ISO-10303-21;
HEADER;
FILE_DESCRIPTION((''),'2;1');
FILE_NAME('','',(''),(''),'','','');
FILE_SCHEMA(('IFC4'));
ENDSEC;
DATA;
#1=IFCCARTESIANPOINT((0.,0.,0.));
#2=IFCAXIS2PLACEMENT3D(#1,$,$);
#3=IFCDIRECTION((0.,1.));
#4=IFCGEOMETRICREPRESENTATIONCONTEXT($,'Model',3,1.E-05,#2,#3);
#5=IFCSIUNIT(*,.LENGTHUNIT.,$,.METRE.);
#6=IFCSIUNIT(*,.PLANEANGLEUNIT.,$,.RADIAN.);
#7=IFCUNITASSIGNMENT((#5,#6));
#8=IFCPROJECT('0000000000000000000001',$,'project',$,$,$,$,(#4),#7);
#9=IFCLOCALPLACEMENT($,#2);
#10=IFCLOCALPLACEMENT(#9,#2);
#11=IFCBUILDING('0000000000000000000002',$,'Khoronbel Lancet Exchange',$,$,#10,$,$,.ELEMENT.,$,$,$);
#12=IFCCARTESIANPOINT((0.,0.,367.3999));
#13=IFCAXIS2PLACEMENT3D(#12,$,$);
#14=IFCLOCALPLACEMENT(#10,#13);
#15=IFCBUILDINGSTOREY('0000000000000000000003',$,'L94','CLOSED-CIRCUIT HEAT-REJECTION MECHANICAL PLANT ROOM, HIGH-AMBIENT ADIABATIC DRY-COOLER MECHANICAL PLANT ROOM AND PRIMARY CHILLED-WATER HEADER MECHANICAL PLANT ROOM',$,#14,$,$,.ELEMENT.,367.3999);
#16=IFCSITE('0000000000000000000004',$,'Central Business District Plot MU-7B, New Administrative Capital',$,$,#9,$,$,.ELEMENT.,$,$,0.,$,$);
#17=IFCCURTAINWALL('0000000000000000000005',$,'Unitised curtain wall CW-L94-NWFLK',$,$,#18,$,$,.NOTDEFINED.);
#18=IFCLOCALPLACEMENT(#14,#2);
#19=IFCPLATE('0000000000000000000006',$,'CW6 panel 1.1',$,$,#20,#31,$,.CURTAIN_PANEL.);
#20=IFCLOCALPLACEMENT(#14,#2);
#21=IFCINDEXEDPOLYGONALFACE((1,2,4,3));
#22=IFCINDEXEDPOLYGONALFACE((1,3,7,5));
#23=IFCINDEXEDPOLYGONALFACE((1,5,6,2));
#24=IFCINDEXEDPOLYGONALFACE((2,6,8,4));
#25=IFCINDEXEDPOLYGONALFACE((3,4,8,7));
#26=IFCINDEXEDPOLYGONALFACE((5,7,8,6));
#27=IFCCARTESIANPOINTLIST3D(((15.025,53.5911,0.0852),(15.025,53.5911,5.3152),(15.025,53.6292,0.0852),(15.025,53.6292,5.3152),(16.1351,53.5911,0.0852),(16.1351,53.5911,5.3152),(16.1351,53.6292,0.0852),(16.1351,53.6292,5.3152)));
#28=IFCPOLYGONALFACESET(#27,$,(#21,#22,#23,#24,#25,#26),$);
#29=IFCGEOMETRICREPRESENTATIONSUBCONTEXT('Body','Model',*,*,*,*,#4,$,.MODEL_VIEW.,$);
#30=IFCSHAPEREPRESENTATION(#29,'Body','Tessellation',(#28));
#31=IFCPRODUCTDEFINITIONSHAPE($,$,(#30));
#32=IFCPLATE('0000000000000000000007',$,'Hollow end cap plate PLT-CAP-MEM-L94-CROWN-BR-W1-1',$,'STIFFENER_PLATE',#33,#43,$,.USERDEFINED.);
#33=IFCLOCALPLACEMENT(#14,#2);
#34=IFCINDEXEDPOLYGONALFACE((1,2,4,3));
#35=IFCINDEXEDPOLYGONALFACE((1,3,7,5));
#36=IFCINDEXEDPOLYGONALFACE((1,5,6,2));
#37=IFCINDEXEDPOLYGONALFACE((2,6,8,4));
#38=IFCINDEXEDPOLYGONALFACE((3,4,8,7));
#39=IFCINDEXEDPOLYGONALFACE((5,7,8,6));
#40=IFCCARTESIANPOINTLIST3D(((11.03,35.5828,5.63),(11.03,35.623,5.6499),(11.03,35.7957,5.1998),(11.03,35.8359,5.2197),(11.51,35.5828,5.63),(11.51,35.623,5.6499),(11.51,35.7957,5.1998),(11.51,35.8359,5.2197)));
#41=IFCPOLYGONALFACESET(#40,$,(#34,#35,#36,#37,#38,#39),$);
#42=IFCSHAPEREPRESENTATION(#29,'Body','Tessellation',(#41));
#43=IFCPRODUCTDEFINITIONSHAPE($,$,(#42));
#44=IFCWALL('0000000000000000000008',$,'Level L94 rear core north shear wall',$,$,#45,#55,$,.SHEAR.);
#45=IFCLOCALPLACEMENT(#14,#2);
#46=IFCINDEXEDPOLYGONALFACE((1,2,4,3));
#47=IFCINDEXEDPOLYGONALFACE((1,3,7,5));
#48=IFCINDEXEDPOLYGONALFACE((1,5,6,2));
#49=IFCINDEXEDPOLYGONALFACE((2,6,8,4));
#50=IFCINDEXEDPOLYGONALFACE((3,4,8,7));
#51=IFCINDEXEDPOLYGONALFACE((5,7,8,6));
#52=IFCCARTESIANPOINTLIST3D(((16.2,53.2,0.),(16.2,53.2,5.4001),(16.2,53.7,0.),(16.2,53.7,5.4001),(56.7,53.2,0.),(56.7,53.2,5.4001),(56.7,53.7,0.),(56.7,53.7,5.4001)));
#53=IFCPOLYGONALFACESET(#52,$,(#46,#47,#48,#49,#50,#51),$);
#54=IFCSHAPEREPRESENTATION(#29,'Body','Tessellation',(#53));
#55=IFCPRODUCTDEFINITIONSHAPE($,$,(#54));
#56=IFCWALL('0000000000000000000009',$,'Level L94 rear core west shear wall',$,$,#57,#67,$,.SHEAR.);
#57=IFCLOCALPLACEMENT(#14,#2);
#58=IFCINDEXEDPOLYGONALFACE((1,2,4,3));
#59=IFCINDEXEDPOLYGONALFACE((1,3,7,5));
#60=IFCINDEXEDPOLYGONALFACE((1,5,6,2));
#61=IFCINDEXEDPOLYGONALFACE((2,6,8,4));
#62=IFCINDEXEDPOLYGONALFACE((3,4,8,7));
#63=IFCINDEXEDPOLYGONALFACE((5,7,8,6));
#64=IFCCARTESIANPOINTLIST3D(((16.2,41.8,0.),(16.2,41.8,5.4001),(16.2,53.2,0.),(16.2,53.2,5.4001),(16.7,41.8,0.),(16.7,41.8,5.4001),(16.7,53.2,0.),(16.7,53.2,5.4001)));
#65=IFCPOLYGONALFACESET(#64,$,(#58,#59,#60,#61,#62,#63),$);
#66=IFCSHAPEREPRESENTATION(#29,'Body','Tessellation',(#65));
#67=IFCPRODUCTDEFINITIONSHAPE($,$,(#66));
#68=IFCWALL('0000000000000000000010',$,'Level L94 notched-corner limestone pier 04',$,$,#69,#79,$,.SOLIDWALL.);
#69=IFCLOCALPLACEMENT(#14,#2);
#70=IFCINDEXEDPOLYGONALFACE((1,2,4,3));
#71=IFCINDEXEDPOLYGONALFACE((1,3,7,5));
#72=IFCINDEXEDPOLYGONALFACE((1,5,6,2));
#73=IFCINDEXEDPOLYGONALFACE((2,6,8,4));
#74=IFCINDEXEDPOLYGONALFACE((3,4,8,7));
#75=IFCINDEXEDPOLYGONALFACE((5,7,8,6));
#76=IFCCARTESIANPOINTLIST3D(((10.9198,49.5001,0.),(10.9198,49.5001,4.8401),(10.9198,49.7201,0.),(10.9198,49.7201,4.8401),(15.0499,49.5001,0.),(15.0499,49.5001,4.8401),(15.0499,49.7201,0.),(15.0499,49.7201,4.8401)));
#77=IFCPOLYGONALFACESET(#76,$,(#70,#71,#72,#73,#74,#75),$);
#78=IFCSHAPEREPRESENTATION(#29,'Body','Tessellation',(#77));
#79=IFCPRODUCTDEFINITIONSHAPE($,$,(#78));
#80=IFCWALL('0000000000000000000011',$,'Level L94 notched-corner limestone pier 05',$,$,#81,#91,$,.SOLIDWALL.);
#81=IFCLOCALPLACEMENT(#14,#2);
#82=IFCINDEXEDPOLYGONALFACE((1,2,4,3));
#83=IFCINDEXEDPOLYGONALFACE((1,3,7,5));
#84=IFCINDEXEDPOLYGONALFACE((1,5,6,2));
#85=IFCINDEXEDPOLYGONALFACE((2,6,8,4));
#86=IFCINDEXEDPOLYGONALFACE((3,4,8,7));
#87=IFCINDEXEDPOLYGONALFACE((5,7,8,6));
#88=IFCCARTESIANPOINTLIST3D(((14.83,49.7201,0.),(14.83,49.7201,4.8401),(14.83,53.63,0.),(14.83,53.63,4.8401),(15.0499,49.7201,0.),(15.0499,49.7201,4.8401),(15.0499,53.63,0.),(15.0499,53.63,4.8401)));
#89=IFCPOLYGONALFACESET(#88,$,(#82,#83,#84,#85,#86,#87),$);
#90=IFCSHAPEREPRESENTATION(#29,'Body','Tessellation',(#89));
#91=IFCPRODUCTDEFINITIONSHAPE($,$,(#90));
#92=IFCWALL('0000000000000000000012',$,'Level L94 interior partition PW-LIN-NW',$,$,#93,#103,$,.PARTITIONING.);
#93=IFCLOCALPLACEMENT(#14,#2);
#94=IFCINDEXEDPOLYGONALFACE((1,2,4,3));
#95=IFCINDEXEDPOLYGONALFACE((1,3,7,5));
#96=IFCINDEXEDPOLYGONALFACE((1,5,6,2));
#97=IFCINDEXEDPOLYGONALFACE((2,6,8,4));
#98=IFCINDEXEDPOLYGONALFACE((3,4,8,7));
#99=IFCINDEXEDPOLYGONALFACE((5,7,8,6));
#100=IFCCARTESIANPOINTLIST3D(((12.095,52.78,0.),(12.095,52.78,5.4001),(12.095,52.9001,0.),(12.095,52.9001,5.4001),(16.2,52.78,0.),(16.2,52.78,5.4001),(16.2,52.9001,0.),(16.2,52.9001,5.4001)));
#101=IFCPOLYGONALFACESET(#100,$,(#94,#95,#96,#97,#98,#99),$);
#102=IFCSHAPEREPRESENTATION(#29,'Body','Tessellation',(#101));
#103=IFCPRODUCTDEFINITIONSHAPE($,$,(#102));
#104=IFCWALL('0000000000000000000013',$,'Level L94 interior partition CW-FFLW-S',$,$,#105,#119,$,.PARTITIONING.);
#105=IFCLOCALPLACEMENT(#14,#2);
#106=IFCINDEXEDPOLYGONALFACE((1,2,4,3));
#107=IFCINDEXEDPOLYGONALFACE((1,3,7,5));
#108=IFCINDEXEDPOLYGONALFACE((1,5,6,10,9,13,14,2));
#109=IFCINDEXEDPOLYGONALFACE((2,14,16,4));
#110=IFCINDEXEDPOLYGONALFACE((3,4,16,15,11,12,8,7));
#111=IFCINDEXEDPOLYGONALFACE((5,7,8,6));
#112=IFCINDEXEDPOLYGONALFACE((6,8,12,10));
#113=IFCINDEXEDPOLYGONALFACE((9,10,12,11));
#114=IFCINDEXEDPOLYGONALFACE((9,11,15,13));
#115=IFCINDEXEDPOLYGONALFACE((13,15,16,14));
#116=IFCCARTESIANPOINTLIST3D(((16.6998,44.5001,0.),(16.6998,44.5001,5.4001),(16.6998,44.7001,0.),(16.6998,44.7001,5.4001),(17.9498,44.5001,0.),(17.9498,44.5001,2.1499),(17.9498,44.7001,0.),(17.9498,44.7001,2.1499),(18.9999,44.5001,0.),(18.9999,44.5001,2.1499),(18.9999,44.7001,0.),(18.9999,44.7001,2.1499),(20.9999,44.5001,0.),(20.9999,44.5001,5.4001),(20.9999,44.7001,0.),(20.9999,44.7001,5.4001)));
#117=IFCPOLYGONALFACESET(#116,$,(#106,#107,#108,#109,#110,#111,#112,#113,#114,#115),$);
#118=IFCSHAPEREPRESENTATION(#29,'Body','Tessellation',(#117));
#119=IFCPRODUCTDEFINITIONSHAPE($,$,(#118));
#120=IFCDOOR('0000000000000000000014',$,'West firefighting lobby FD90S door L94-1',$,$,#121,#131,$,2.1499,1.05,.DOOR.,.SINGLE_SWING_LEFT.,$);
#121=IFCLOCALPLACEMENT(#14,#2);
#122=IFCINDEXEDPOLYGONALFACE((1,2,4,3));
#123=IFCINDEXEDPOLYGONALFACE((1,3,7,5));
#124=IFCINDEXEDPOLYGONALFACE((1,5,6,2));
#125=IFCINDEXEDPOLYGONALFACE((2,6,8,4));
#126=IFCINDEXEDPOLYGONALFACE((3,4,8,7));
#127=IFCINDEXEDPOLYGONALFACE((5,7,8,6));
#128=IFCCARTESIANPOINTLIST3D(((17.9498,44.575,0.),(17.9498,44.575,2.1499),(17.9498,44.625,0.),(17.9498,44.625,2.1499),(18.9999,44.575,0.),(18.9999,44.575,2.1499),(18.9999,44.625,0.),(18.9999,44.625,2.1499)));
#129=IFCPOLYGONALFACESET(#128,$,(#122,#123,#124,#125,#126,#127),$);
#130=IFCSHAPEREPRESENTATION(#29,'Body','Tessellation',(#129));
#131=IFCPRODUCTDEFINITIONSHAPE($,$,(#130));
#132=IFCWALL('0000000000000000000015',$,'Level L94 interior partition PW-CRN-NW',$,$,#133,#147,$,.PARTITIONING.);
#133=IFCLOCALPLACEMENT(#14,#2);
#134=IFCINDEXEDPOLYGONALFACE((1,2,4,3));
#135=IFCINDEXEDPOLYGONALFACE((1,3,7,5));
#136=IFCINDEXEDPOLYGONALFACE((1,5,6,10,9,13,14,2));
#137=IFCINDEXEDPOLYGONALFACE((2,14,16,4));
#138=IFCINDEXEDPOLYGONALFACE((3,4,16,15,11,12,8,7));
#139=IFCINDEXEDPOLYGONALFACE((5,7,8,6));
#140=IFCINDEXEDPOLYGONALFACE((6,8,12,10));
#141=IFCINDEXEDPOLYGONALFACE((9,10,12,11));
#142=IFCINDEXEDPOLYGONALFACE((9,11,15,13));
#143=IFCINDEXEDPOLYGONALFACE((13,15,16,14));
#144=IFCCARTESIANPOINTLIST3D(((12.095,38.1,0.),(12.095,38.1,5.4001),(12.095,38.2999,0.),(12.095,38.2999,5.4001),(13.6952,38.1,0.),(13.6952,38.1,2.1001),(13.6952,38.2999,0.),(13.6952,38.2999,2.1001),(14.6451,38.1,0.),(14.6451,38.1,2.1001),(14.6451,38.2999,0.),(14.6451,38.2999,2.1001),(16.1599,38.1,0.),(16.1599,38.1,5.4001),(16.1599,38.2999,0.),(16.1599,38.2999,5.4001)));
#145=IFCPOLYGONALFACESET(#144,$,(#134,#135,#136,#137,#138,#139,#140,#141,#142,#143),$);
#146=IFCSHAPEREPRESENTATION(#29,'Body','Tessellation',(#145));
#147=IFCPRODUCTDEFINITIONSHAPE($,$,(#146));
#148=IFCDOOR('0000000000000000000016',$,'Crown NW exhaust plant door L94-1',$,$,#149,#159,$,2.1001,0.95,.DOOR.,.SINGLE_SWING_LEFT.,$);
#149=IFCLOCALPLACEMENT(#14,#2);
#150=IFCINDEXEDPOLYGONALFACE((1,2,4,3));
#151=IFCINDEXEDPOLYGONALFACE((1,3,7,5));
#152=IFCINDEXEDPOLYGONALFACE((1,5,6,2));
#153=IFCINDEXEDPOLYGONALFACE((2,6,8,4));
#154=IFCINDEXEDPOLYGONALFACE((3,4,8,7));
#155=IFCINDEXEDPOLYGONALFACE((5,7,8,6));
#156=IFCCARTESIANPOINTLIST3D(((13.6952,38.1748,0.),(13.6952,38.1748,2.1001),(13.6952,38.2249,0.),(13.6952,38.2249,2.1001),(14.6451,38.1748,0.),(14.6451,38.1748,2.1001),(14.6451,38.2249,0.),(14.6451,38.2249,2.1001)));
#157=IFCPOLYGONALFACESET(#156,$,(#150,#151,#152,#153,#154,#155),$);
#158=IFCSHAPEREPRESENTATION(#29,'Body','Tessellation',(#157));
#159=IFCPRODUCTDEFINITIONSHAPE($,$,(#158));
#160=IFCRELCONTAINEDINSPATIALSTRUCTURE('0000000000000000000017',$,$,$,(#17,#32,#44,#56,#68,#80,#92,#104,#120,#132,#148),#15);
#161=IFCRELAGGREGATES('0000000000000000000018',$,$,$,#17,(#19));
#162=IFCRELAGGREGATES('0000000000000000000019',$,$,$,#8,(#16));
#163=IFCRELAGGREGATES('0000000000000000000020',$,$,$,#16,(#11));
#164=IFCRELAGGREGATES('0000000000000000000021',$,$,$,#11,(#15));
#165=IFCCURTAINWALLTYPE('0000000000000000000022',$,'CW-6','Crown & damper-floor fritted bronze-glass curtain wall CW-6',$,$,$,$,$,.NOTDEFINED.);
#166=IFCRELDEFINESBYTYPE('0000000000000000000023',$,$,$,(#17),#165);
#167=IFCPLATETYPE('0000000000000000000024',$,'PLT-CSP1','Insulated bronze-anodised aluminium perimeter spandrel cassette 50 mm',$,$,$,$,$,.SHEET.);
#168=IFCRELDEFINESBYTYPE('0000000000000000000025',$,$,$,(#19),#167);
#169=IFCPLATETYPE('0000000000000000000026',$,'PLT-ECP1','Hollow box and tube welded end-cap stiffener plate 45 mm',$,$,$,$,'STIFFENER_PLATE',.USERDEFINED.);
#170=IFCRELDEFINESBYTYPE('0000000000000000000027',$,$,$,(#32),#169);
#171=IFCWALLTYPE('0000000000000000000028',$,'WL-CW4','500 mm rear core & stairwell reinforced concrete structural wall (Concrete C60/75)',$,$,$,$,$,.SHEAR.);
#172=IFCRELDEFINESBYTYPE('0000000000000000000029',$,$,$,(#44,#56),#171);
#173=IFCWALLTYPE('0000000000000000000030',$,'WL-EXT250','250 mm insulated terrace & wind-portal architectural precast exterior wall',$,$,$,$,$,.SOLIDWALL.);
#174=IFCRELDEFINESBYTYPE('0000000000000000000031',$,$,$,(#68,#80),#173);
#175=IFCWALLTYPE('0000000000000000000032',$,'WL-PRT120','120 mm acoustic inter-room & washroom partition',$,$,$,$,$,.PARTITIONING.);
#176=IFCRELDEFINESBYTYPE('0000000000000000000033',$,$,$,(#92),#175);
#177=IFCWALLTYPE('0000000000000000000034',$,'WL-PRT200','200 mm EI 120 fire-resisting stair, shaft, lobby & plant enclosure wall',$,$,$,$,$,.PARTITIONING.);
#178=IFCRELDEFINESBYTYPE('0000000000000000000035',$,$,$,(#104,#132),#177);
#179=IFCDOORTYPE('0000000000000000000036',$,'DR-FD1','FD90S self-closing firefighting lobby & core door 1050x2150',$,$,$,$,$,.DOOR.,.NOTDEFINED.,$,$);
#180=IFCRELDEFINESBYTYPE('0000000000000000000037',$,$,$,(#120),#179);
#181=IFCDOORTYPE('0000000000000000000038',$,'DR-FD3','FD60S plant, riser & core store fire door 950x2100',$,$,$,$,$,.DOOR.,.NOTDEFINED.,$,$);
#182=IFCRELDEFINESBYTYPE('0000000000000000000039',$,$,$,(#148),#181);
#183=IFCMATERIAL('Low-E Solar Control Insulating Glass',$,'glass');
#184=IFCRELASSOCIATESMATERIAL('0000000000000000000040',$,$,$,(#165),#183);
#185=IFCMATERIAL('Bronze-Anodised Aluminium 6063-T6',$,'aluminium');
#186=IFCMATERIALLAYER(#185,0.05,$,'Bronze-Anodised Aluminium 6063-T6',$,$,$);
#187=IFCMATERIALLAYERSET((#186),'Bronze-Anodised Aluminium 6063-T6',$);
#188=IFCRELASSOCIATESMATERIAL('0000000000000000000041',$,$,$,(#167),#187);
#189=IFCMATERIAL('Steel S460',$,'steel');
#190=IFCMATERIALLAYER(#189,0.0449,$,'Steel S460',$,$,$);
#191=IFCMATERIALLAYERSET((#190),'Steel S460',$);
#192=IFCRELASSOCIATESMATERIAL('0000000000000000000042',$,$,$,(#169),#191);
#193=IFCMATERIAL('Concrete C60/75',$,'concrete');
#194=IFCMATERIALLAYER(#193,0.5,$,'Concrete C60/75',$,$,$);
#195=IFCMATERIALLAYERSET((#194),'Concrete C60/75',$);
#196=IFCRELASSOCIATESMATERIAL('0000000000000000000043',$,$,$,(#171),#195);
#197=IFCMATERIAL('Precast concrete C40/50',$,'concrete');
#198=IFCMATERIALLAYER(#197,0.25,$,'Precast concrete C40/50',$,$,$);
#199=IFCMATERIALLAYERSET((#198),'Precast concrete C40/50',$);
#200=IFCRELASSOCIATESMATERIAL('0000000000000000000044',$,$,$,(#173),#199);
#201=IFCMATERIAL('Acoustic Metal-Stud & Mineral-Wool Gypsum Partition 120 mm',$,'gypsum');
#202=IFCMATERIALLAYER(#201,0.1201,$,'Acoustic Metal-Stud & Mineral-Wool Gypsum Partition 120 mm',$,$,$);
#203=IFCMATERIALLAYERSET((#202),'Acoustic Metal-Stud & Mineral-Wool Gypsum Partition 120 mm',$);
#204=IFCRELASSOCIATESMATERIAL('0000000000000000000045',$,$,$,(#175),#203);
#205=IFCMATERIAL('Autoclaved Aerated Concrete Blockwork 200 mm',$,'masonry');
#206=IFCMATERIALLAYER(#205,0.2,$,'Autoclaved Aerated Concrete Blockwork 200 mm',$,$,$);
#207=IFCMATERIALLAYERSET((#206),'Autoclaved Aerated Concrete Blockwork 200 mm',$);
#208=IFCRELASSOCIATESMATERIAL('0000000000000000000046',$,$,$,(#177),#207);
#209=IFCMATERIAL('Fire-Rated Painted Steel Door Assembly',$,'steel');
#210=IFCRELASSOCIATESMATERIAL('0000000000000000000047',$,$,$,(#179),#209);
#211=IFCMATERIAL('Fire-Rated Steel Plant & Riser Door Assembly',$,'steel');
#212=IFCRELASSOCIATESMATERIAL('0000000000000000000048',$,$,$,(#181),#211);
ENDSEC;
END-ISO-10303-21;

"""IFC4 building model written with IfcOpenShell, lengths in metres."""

from ifc_helpers import new_model, si_unit, direction, frame, frame_2d, origin, origin_2d, place, context, subcontext, project, spatial, polyline, rectangle, outline, extrude, material, layer, layer_set, type_object, element, fill, aggregate, save


model = new_model("IFC4")

# Units and contexts
model_context = context("Model", 3, precision=1e-05, world=origin(), true_north=direction((0.0, 1.0)))
body_context = subcontext(model_context, "Body", "Model", "MODEL_VIEW")
ifc_project = project(units=[si_unit("LENGTHUNIT", "METRE"), si_unit("PLANEANGLEUNIT", "RADIAN")], contexts=[model_context])

# Site, building, storey
site_placement = place(None, origin())
site = spatial("IfcSite", under=ifc_project, at=site_placement, Name="Central Business District Plot MU-7B, New Administrative Capital", CompositionType="ELEMENT", RefElevation=0.0)
building_placement = place(site_placement, origin())
building = spatial("IfcBuilding", under=site, at=building_placement, Name="Khoronbel Lancet Exchange", CompositionType="ELEMENT")
storey_placement = place(building_placement, frame((0.0, 0.0, 367.3999)))
storey = spatial("IfcBuildingStorey", under=building, at=storey_placement, Name="L94", Description="CLOSED-CIRCUIT HEAT-REJECTION MECHANICAL PLANT ROOM, HIGH-AMBIENT ADIABATIC DRY-COOLER MECHANICAL PLANT ROOM AND PRIMARY CHILLED-WATER HEADER MECHANICAL PLANT ROOM", CompositionType="ELEMENT", Elevation=367.3999)

# Shared definitions
ifc_material_1 = material(Name="Steel S460", Category="steel")

# Curtain wall
ifc_material_2 = material(Name="Low-E Solar Control Insulating Glass", Category="glass")
curtain_wall_type = type_object("IfcCurtainWallType", Name="CW-6", Description="Crown & damper-floor fritted bronze-glass curtain wall CW-6", PredefinedType="NOTDEFINED", material=ifc_material_2)
curtain_wall_1_placement = place(storey_placement, origin())
curtain_wall_1 = element("IfcCurtainWall", 1, at=curtain_wall_1_placement, inside=storey, type_object=curtain_wall_type, Name="Unitised curtain wall CW-L94-NWFLK", PredefinedType="NOTDEFINED")
ifc_material_3 = material(Name="Bronze-Anodised Aluminium 6063-T6", Category="aluminium")

# Plates
ifc_layer_1 = layer(ifc_material_3, 0.05, Name="Bronze-Anodised Aluminium 6063-T6")
ifc_layer_set_1 = layer_set([ifc_layer_1], Name="Bronze-Anodised Aluminium 6063-T6")
plate_type_1 = type_object("IfcPlateType", Name="PLT-CSP1", Description="Insulated bronze-anodised aluminium perimeter spandrel cassette 50 mm", PredefinedType="SHEET", material=ifc_layer_set_1)
plate_1_placement = place(storey_placement, frame((15.5801, 53.6101, 0.0852), z_axis=(0.0, 0.0, 1.0), x_axis=(-1.0, 0.0, 0.0)))
plate_1 = element("IfcPlate", 2, at=plate_1_placement, type_object=plate_type_1, Name="CW6 panel 1.1", PredefinedType="CURTAIN_PANEL", context=body_context, shape_type="SweptSolid", body=[
    extrude(rectangle(XDim=1.1101, YDim=0.0381, at=origin_2d()), origin(), (0.0, 0.0, 1.0), 5.23),
])
aggregate(curtain_wall_1, [plate_1])
ifc_layer_2 = layer(ifc_material_1, 0.0449, Name="Steel S460")
ifc_layer_set_2 = layer_set([ifc_layer_2], Name="Steel S460")
plate_type_2 = type_object("IfcPlateType", Name="PLT-ECP1", Description="Hollow box and tube welded end-cap stiffener plate 45 mm", ElementType="STIFFENER_PLATE", PredefinedType="USERDEFINED", material=ifc_layer_set_2)
plate_2_placement = place(storey_placement, frame((11.51, 35.8359, 5.2197), z_axis=(0.0, 0.896251, 0.443548), x_axis=(-1.0, 0.0, 0.0)))
element("IfcPlate", 3, at=plate_2_placement, inside=storey, type_object=plate_type_2, Name="Hollow end cap plate PLT-CAP-MEM-L94-CROWN-BR-W1-1", ObjectType="STIFFENER_PLATE", PredefinedType="USERDEFINED", context=body_context, shape_type="SweptSolid", body=[
    extrude(outline(polyline([(0.0, 0.0), (0.48, 0.0), (0.48, 0.48), (0.0, 0.48), (0.0, 0.0)])), origin(), (0.0, 0.0, -1.0), 0.0449),
])

# Walls
ifc_material_4 = material(Name="Concrete C60/75", Category="concrete")
ifc_layer_3 = layer(ifc_material_4, 0.5, Name="Concrete C60/75")
ifc_layer_set_3 = layer_set([ifc_layer_3], Name="Concrete C60/75")
wall_type_1 = type_object("IfcWallType", Name="WL-CW4", Description="500 mm rear core & stairwell reinforced concrete structural wall (Concrete C60/75)", PredefinedType="SHEAR", material=ifc_layer_set_3)
wall_1_placement = place(storey_placement, frame((16.2, 53.45, 0.0), z_axis=(0.0, 0.0, 1.0), x_axis=(1.0, 0.0, 0.0)))
element("IfcWall", 4, at=wall_1_placement, inside=storey, type_object=wall_type_1, Name="Level L94 rear core north shear wall", PredefinedType="SHEAR", context=body_context, shape_type="SweptSolid", body=[
    extrude(rectangle(XDim=40.5, YDim=0.5, at=frame_2d((20.25, 0.0))), origin(), (0.0, 0.0, 1.0), 5.4001),
])
wall_2_placement = place(storey_placement, frame((16.45, 41.8, 0.0), z_axis=(0.0, 0.0, 1.0), x_axis=(0.0, 1.0, 0.0)))
element("IfcWall", 5, at=wall_2_placement, inside=storey, type_object=wall_type_1, Name="Level L94 rear core west shear wall", PredefinedType="SHEAR", context=body_context, shape_type="SweptSolid", body=[
    extrude(rectangle(XDim=11.3999, YDim=0.5, at=frame_2d((5.7, 0.0))), origin(), (0.0, 0.0, 1.0), 5.4001),
])
ifc_material_5 = material(Name="Precast concrete C40/50", Category="concrete")
ifc_layer_4 = layer(ifc_material_5, 0.25, Name="Precast concrete C40/50")
ifc_layer_set_4 = layer_set([ifc_layer_4], Name="Precast concrete C40/50")
wall_type_2 = type_object("IfcWallType", Name="WL-EXT250", Description="250 mm insulated terrace & wind-portal architectural precast exterior wall", PredefinedType="SOLIDWALL", material=ifc_layer_set_4)
wall_3_placement = place(storey_placement, frame((10.9199, 49.6101, 0.0), z_axis=(0.0, 0.0, 1.0), x_axis=(1.0, 0.0, 0.0)))
element("IfcWall", 6, at=wall_3_placement, inside=storey, type_object=wall_type_2, Name="Level L94 notched-corner limestone pier 04", PredefinedType="SOLIDWALL", context=body_context, shape_type="SweptSolid", body=[
    extrude(rectangle(XDim=4.1301, YDim=0.22, at=frame_2d((2.0649, 0.0))), origin(), (0.0, 0.0, 1.0), 4.8401),
])
wall_4_placement = place(storey_placement, frame((14.9399, 49.72, 0.0), z_axis=(0.0, 0.0, 1.0), x_axis=(0.0, 1.0, 0.0)))
element("IfcWall", 7, at=wall_4_placement, inside=storey, type_object=wall_type_2, Name="Level L94 notched-corner limestone pier 05", PredefinedType="SOLIDWALL", context=body_context, shape_type="SweptSolid", body=[
    extrude(rectangle(XDim=3.9099, YDim=0.22, at=frame_2d((1.9551, 0.0))), origin(), (0.0, 0.0, 1.0), 4.8401),
])
ifc_material_6 = material(Name="Acoustic Metal-Stud & Mineral-Wool Gypsum Partition 120 mm", Category="gypsum")
ifc_layer_5 = layer(ifc_material_6, 0.1201, Name="Acoustic Metal-Stud & Mineral-Wool Gypsum Partition 120 mm")
ifc_layer_set_5 = layer_set([ifc_layer_5], Name="Acoustic Metal-Stud & Mineral-Wool Gypsum Partition 120 mm")
wall_type_3 = type_object("IfcWallType", Name="WL-PRT120", Description="120 mm acoustic inter-room & washroom partition", PredefinedType="PARTITIONING", material=ifc_layer_set_5)
wall_5_placement = place(storey_placement, frame((12.095, 52.8401, 0.0), z_axis=(0.0, 0.0, 1.0), x_axis=(1.0, 0.0, 0.0)))
element("IfcWall", 8, at=wall_5_placement, inside=storey, type_object=wall_type_3, Name="Level L94 interior partition PW-LIN-NW", PredefinedType="PARTITIONING", context=body_context, shape_type="SweptSolid", body=[
    extrude(rectangle(XDim=4.105, YDim=0.1201, at=frame_2d((2.0525, 0.0))), origin(), (0.0, 0.0, 1.0), 5.4001),
])

# Walls, openings, doors
ifc_material_7 = material(Name="Autoclaved Aerated Concrete Blockwork 200 mm", Category="masonry")
ifc_layer_6 = layer(ifc_material_7, 0.2, Name="Autoclaved Aerated Concrete Blockwork 200 mm")
ifc_layer_set_6 = layer_set([ifc_layer_6], Name="Autoclaved Aerated Concrete Blockwork 200 mm")
wall_type_4 = type_object("IfcWallType", Name="WL-PRT200", Description="200 mm EI 120 fire-resisting stair, shaft, lobby & plant enclosure wall", PredefinedType="PARTITIONING", material=ifc_layer_set_6)
wall_6_placement = place(storey_placement, frame((16.7, 44.6001, 0.0), z_axis=(0.0, 0.0, 1.0), x_axis=(1.0, 0.0, 0.0)))
wall_6 = element("IfcWall", 9, at=wall_6_placement, inside=storey, type_object=wall_type_4, Name="Level L94 interior partition CW-FFLW-S", PredefinedType="PARTITIONING", context=body_context, shape_type="SweptSolid", body=[
    extrude(rectangle(XDim=4.3, YDim=0.2, at=frame_2d((2.1499, 0.0))), origin(), (0.0, 0.0, 1.0), 5.4001),
])
opening_1_placement = place(wall_6_placement, frame((1.25, 0.0, 0.0)))
opening_1 = element("IfcOpeningElement", 10, at=opening_1_placement, cuts=wall_6, PredefinedType="OPENING", context=body_context, shape_type="SweptSolid", body=[
    extrude(rectangle(XDim=1.05, YDim=2.1499, at=frame_2d((0.5249, 1.075))), frame((0.0, 0.1099, 0.0), z_axis=(0.0, -1.0, 0.0), x_axis=(1.0, 0.0, 0.0)), (0.0, 0.0, 1.0), 0.22),
])
ifc_material_8 = material(Name="Fire-Rated Painted Steel Door Assembly", Category="steel")
door_type_1 = type_object("IfcDoorType", Name="DR-FD1", Description="FD90S self-closing firefighting lobby & core door 1050x2150", OperationType="NOTDEFINED", PredefinedType="DOOR", material=ifc_material_8)
door_1_placement = place(opening_1_placement, origin())
door_1 = element("IfcDoor", 11, at=door_1_placement, inside=storey, type_object=door_type_1, Name="West firefighting lobby FD90S door L94-1", OperationType="SINGLE_SWING_LEFT", OverallHeight=2.1499, OverallWidth=1.05, PredefinedType="DOOR", context=body_context, shape_type="SweptSolid", body=[
    extrude(rectangle(XDim=1.05, YDim=2.1499, at=frame_2d((0.5249, 1.075))), frame((0.0, 0.0249, 0.0), z_axis=(0.0, -1.0, 0.0), x_axis=(1.0, 0.0, 0.0)), (0.0, 0.0, 1.0), 0.05),
])
fill(opening_1, door_1)
wall_7_placement = place(storey_placement, frame((12.095, 38.2, 0.0), z_axis=(0.0, 0.0, 1.0), x_axis=(1.0, 0.0, 0.0)))
wall_7 = element("IfcWall", 12, at=wall_7_placement, inside=storey, type_object=wall_type_4, Name="Level L94 interior partition PW-CRN-NW", PredefinedType="PARTITIONING", context=body_context, shape_type="SweptSolid", body=[
    extrude(rectangle(XDim=4.0649, YDim=0.2, at=frame_2d((2.0325, 0.0))), origin(), (0.0, 0.0, 1.0), 5.4001),
])
opening_2_placement = place(wall_7_placement, frame((1.6001, 0.0, 0.0)))
opening_2 = element("IfcOpeningElement", 13, at=opening_2_placement, cuts=wall_7, PredefinedType="OPENING", context=body_context, shape_type="SweptSolid", body=[
    extrude(rectangle(XDim=0.95, YDim=2.1001, at=frame_2d((0.4751, 1.05))), frame((0.0, 0.1099, 0.0), z_axis=(0.0, -1.0, 0.0), x_axis=(1.0, 0.0, 0.0)), (0.0, 0.0, 1.0), 0.22),
])
ifc_material_9 = material(Name="Fire-Rated Steel Plant & Riser Door Assembly", Category="steel")
door_type_2 = type_object("IfcDoorType", Name="DR-FD3", Description="FD60S plant, riser & core store fire door 950x2100", OperationType="NOTDEFINED", PredefinedType="DOOR", material=ifc_material_9)
door_2_placement = place(opening_2_placement, origin())
door_2 = element("IfcDoor", 14, at=door_2_placement, inside=storey, type_object=door_type_2, Name="Crown NW exhaust plant door L94-1", OperationType="SINGLE_SWING_LEFT", OverallHeight=2.1001, OverallWidth=0.95, PredefinedType="DOOR", context=body_context, shape_type="SweptSolid", body=[
    extrude(rectangle(XDim=0.95, YDim=2.1001, at=frame_2d((0.4751, 1.05))), frame((0.0, 0.0249, 0.0), z_axis=(0.0, -1.0, 0.0), x_axis=(1.0, 0.0, 0.0)), (0.0, 0.0, 1.0), 0.05),
])
fill(opening_2, door_2)

save(model, "model.ifc")
